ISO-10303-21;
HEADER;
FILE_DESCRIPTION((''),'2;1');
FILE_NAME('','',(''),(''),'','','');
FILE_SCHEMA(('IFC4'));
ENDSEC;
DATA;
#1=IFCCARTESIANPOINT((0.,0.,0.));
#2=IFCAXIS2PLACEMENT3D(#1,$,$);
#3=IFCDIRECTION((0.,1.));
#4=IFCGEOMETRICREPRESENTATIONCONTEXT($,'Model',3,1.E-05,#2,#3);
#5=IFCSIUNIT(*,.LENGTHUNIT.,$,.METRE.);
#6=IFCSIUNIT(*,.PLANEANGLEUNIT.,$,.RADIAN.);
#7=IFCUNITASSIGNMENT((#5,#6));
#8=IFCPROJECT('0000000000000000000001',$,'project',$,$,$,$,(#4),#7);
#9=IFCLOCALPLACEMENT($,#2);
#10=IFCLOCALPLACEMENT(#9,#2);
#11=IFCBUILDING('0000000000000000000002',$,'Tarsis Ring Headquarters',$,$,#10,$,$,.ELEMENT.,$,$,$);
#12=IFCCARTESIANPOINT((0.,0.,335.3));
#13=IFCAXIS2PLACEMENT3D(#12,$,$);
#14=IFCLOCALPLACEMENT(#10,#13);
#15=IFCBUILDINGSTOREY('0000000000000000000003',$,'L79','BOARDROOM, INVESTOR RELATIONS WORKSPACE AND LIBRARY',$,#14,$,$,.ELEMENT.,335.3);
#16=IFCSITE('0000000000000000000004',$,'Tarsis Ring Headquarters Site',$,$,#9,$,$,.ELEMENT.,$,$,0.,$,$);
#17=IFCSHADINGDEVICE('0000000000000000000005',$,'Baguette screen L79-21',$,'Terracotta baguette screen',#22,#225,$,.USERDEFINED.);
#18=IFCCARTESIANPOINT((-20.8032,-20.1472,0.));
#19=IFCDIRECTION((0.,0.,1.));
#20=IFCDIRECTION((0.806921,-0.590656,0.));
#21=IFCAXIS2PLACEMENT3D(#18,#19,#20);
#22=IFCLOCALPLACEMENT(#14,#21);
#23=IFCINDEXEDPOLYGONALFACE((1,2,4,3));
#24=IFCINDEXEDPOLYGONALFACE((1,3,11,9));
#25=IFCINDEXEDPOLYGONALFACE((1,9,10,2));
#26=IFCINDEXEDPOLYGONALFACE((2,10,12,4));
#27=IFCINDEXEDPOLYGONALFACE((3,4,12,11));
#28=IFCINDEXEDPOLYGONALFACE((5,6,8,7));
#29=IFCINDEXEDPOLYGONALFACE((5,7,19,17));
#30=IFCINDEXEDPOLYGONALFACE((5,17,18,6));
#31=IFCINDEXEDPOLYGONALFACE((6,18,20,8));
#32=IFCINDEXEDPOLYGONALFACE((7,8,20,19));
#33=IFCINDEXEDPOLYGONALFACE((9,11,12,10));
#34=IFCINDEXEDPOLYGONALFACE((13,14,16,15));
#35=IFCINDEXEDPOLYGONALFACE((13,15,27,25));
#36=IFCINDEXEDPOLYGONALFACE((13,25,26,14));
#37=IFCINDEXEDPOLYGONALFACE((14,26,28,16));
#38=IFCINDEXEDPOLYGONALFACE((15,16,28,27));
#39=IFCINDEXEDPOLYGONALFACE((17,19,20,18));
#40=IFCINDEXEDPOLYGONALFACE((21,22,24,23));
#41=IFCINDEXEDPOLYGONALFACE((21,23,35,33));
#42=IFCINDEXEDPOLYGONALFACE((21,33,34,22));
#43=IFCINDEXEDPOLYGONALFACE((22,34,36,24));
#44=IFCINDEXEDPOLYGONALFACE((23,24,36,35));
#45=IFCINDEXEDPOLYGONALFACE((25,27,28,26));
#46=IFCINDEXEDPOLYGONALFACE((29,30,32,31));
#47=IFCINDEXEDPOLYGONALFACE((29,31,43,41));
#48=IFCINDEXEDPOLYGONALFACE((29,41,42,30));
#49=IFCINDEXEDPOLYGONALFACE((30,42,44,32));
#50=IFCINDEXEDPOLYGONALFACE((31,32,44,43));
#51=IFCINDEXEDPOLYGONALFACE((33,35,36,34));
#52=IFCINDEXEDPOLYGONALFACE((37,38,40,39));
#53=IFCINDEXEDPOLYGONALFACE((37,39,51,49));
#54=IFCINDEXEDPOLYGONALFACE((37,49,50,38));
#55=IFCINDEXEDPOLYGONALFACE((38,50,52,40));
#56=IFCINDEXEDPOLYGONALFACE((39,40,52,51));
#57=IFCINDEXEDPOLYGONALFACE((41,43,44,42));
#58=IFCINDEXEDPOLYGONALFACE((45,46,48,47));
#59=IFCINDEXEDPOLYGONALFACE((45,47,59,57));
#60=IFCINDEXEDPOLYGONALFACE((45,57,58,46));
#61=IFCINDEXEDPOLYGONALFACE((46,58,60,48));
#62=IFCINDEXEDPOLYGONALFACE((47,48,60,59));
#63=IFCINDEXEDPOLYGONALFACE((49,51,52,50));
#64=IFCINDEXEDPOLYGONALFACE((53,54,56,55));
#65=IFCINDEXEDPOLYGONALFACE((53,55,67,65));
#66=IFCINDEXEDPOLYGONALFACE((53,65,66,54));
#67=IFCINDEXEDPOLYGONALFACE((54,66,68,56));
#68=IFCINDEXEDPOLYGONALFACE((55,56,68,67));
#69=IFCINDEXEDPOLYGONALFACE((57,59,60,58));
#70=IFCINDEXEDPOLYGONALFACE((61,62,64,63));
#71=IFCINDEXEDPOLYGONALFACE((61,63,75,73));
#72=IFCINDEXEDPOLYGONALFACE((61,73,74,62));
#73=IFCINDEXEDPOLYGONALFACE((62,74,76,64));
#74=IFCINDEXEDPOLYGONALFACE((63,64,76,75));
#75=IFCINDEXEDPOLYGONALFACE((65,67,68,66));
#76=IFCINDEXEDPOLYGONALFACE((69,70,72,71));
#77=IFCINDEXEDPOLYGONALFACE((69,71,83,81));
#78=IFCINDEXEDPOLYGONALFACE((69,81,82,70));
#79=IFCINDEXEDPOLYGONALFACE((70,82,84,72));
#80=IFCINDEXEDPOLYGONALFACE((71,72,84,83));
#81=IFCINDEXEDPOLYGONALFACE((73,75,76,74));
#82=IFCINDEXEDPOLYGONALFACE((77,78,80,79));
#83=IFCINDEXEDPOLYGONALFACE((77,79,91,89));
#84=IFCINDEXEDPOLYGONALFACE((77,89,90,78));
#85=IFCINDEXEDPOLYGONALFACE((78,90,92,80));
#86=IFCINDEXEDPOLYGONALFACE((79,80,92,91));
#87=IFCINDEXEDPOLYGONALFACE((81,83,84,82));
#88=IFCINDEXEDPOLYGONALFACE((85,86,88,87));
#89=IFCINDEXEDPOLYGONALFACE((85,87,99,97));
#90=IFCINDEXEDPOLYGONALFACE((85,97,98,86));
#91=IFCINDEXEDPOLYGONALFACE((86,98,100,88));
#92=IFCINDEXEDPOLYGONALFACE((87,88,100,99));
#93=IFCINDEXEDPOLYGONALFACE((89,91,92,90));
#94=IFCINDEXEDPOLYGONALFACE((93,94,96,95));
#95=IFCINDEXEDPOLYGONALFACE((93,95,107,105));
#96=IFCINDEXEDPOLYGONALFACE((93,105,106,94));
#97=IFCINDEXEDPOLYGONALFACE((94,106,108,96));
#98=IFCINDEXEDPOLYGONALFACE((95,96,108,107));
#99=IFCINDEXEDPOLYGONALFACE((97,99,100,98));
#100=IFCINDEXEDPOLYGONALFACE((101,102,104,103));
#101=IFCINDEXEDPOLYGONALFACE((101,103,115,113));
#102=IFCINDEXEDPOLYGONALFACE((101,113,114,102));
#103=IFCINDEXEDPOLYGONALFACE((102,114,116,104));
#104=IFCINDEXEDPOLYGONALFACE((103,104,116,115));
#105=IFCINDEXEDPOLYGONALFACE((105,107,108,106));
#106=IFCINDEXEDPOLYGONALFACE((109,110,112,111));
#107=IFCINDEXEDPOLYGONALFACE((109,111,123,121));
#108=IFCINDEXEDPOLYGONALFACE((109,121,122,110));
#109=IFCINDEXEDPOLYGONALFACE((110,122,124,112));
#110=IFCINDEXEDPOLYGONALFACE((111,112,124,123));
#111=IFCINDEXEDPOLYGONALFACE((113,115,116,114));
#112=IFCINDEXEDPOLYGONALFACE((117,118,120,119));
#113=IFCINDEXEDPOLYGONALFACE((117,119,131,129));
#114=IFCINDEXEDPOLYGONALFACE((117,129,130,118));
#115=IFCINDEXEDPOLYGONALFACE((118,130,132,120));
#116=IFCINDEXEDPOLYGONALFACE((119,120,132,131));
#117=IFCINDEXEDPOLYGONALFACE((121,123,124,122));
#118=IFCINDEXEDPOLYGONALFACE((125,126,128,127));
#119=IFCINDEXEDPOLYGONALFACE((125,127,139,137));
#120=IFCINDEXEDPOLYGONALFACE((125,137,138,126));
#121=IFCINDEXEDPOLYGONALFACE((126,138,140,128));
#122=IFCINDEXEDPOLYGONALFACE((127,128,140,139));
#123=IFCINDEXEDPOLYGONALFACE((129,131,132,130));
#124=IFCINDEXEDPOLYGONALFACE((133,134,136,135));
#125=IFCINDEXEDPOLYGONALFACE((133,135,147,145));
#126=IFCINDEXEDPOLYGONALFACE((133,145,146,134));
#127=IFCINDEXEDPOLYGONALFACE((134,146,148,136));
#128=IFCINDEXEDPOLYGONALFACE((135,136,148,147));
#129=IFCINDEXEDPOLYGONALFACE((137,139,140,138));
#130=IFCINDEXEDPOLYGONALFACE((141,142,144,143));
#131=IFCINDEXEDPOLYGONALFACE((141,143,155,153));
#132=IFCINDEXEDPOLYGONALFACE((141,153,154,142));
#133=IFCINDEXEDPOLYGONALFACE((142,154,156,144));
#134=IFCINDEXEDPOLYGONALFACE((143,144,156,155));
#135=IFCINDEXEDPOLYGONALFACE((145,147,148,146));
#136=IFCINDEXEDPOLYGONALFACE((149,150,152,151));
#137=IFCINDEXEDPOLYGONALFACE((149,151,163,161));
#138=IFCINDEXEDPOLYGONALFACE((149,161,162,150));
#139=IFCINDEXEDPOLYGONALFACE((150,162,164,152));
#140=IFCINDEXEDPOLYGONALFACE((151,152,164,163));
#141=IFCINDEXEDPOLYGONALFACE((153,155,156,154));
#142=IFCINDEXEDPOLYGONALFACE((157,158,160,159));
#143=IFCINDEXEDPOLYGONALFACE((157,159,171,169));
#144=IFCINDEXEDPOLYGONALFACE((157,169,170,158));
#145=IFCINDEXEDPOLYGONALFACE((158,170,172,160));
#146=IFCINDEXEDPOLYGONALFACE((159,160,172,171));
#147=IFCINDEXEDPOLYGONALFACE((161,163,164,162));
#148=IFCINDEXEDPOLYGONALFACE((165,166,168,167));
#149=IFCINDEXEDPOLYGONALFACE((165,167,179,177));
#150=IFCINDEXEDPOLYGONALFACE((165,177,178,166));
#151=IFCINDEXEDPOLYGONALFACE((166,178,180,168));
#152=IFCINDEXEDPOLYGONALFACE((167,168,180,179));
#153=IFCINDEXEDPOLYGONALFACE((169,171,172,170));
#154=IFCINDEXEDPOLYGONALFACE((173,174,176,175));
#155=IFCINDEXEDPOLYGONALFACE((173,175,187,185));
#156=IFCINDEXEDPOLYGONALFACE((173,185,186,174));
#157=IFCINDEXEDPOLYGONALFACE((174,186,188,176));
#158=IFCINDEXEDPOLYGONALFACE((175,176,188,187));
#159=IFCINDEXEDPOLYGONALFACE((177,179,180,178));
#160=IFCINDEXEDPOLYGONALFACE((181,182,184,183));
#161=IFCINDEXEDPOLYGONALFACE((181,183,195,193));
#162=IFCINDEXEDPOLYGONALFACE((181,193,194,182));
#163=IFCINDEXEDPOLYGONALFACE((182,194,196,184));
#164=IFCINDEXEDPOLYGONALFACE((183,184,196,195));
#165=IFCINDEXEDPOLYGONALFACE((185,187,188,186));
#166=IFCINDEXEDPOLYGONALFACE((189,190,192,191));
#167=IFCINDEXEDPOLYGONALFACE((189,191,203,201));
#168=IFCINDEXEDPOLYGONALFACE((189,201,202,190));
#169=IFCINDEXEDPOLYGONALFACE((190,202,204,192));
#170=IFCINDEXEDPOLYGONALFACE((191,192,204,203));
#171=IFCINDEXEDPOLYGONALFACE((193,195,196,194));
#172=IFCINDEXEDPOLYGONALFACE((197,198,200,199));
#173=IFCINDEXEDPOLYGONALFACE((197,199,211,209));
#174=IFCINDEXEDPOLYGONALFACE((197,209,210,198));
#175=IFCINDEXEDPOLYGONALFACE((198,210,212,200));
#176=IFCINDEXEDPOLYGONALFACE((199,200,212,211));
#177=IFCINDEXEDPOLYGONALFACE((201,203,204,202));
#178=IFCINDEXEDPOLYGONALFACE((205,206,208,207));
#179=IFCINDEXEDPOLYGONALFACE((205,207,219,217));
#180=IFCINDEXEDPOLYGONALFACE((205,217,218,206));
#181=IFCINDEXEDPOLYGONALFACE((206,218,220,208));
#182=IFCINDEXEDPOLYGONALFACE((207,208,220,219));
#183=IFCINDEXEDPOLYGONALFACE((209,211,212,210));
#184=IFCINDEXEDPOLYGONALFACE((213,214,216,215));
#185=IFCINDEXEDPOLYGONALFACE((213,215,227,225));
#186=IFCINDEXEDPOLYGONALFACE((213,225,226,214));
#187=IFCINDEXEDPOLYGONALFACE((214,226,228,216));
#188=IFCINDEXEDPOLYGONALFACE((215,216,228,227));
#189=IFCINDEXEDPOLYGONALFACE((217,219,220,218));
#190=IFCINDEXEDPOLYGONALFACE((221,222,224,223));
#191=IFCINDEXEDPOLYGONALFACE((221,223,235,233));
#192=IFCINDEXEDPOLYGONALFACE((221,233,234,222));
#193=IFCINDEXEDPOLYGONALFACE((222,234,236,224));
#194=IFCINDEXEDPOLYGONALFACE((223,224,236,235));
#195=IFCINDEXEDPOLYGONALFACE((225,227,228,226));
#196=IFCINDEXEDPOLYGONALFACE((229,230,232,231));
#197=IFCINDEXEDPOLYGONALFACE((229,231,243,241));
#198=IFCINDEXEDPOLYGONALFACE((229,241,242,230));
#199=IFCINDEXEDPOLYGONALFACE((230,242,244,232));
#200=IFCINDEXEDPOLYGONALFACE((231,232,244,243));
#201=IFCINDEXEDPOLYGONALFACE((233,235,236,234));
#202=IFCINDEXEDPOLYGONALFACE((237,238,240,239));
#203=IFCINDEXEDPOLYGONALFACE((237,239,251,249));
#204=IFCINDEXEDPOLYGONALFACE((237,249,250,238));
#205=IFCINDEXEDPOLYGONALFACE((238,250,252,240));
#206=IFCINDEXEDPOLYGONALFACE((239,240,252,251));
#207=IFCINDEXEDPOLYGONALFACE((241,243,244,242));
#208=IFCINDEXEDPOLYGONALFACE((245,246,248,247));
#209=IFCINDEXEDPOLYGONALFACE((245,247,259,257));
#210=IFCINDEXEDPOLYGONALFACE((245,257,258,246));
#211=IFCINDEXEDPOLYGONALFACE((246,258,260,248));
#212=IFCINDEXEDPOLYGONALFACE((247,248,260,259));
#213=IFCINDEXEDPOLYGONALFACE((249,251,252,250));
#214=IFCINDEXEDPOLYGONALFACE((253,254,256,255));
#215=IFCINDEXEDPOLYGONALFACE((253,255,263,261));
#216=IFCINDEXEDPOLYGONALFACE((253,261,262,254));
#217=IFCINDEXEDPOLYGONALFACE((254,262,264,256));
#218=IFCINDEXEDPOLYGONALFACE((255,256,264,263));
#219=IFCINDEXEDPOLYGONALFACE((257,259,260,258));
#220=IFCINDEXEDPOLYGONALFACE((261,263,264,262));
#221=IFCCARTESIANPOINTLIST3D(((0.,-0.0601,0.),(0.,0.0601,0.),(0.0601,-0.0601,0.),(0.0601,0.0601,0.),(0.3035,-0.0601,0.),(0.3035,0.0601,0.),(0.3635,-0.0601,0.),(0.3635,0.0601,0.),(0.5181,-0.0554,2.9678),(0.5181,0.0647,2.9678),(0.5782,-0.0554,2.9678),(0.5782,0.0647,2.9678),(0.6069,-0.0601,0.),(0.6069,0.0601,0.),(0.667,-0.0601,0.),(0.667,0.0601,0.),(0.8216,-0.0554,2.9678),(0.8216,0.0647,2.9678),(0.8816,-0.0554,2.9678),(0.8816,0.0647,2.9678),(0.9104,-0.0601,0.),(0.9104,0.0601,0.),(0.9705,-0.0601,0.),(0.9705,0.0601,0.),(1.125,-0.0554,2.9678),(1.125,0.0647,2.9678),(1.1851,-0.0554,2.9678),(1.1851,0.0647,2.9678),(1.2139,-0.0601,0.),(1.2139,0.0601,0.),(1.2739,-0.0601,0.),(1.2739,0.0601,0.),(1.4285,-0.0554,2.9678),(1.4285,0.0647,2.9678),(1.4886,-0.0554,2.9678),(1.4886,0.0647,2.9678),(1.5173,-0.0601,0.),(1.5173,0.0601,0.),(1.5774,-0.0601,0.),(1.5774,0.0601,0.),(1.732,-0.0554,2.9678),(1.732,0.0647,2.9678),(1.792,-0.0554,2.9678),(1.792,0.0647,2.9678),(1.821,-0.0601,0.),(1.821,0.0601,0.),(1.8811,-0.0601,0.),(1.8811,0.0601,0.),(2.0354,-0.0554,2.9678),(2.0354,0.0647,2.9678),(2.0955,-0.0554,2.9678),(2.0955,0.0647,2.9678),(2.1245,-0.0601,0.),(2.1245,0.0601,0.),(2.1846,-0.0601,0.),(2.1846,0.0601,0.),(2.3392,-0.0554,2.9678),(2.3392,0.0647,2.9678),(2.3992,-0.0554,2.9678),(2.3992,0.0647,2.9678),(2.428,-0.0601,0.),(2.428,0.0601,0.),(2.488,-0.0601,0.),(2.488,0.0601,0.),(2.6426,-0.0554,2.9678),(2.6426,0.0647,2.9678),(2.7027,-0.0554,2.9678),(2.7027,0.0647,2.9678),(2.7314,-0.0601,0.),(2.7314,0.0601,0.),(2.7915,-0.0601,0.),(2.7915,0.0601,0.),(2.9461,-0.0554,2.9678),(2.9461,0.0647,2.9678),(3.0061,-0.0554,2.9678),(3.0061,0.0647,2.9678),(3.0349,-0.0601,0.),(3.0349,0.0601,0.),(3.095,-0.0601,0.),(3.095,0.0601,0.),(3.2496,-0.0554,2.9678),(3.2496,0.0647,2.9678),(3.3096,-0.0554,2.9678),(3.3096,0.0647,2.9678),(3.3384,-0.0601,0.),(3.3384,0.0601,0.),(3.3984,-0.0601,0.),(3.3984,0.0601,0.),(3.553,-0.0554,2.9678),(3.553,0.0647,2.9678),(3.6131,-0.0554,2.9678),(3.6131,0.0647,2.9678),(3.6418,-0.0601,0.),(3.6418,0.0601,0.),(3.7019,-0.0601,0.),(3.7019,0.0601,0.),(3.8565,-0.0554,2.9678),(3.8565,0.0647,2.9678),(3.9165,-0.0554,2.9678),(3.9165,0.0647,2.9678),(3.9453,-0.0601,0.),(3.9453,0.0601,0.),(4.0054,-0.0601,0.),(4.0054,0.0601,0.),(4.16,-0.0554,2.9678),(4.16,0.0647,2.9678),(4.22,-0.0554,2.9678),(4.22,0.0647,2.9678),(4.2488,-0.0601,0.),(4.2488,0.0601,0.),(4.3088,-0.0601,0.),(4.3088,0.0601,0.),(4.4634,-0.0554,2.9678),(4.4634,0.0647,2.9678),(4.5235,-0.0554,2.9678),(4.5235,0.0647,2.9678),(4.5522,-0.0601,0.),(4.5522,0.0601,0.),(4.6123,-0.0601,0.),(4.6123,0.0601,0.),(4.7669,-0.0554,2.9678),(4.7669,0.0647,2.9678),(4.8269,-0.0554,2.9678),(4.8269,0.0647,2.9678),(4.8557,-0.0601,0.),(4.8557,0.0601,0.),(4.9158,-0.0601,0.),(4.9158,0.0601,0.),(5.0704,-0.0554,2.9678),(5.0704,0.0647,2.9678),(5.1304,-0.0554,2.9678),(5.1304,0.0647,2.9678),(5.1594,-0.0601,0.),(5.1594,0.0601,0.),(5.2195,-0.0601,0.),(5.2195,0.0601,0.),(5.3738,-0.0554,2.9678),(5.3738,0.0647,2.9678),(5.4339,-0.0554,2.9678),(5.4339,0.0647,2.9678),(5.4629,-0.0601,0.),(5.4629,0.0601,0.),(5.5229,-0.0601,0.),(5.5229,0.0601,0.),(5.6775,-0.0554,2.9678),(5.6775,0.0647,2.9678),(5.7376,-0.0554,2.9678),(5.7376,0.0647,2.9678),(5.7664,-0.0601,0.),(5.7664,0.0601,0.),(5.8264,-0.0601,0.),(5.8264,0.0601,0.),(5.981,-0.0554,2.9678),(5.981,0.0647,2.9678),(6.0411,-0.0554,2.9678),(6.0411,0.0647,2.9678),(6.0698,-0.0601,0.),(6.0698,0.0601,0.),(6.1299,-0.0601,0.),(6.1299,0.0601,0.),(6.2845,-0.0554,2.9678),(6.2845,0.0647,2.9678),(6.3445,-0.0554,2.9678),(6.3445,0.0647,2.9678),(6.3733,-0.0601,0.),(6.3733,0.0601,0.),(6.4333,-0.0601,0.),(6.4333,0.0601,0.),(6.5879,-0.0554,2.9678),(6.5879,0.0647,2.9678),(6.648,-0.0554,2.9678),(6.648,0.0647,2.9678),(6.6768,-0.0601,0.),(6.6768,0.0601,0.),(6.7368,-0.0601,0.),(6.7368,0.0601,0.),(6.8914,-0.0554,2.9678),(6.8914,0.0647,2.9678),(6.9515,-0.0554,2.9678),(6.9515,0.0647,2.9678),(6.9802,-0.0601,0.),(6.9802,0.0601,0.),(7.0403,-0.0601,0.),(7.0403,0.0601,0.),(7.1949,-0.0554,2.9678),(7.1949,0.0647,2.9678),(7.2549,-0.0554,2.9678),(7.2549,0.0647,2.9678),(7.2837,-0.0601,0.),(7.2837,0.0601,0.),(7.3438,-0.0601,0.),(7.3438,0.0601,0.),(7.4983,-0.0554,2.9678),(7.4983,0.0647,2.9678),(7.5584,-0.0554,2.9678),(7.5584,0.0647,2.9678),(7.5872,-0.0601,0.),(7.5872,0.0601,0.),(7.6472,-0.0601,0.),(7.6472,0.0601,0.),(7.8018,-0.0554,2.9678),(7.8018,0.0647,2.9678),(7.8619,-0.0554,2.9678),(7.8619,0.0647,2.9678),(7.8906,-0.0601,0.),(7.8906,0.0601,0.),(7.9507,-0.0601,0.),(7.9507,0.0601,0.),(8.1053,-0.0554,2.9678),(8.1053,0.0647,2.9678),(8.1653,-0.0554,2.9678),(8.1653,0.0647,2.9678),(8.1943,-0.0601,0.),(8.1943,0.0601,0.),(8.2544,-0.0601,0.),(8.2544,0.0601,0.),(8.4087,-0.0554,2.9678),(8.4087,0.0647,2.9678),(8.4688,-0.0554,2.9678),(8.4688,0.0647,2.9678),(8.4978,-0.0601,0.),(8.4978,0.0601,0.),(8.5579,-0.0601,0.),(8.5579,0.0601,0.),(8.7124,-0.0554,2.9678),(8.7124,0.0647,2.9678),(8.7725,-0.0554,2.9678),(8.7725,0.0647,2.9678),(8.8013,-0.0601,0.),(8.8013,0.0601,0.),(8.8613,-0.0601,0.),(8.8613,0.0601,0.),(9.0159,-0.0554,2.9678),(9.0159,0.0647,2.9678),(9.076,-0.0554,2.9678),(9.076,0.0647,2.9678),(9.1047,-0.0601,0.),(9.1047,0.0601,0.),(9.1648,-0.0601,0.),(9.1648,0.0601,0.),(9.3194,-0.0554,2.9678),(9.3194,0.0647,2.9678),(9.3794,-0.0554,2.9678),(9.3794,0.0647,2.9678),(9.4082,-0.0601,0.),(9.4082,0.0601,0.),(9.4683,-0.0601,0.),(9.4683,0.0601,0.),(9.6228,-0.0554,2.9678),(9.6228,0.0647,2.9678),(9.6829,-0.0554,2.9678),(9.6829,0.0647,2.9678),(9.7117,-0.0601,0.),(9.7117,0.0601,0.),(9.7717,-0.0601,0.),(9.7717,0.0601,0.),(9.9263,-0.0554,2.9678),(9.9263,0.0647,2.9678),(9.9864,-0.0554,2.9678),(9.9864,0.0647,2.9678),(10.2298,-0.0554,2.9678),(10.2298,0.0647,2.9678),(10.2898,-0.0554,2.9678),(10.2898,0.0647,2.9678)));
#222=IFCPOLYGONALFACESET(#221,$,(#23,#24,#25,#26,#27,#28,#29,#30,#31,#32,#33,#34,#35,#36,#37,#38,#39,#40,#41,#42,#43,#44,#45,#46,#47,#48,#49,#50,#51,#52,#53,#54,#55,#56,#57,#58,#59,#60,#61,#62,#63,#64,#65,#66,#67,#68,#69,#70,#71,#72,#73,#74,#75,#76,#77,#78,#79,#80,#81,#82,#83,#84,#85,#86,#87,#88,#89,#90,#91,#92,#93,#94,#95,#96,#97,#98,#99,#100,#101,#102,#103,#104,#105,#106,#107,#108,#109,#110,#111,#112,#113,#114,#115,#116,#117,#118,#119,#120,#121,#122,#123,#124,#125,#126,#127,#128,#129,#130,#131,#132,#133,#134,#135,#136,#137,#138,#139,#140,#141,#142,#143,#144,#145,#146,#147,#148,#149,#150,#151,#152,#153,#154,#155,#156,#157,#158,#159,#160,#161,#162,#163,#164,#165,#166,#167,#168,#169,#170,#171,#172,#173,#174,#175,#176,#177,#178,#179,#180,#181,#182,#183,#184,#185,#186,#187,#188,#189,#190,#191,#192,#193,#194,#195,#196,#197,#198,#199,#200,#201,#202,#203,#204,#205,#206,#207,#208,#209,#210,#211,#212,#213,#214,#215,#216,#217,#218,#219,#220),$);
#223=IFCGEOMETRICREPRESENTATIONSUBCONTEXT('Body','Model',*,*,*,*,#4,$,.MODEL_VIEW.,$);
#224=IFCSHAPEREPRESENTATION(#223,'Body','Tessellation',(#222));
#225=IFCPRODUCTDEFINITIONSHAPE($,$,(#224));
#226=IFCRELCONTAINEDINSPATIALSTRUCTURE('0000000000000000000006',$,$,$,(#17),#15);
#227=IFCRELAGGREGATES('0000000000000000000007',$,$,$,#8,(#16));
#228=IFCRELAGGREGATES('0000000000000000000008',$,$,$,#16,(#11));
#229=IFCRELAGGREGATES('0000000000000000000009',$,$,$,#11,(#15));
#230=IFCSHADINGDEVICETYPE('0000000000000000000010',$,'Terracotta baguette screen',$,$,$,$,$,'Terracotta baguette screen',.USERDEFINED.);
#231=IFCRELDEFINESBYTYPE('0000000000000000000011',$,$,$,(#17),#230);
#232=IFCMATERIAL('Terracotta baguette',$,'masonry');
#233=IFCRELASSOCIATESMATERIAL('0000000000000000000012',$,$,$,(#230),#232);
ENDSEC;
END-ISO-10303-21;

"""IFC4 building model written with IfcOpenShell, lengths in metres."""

from ifc_helpers import new_model, si_unit, direction, frame, frame_2d, origin, place, context, subcontext, project, spatial, rectangle, composite_profile, extrude, material, type_object, element, save


model = new_model("IFC4")

# Units and contexts
model_context = context("Model", 3, precision=1e-05, world=origin(), true_north=direction((0.0, 1.0)))
body_context = subcontext(model_context, "Body", "Model", "MODEL_VIEW")
ifc_project = project(units=[si_unit("LENGTHUNIT", "METRE"), si_unit("PLANEANGLEUNIT", "RADIAN")], contexts=[model_context])

# Site, building, storey
site_placement = place(None, origin())
site = spatial("IfcSite", under=ifc_project, at=site_placement, Name="Tarsis Ring Headquarters Site", CompositionType="ELEMENT", RefElevation=0.0)
building_placement = place(site_placement, origin())
building = spatial("IfcBuilding", under=site, at=building_placement, Name="Tarsis Ring Headquarters", CompositionType="ELEMENT")
storey_placement = place(building_placement, frame((0.0, 0.0, 335.3)))
storey = spatial("IfcBuildingStorey", under=building, at=storey_placement, Name="L79", Description="BOARDROOM, INVESTOR RELATIONS WORKSPACE AND LIBRARY", CompositionType="ELEMENT", Elevation=335.3)

# Shading device
ifc_material_1 = material(Name="Terracotta baguette", Category="masonry")
shading_device_type_1 = type_object("IfcShadingDeviceType", Name="Terracotta baguette screen", ElementType="Terracotta baguette screen", PredefinedType="USERDEFINED", material=ifc_material_1)
shading_device_1_placement = place(storey_placement, frame((-20.8032, -20.1472, 0.0), z_axis=(0.0, 0.0, 1.0), x_axis=(0.806921, -0.590656, 0.0)))
element("IfcShadingDevice", 1, at=shading_device_1_placement, inside=storey, type_object=shading_device_type_1, Name="Baguette screen L79-21", ObjectType="Terracotta baguette screen", PredefinedType="USERDEFINED", context=body_context, shape_type="SweptSolid", body=[
    extrude(composite_profile([rectangle(XDim=0.0601, YDim=0.1201, at=frame_2d((0.03, 0.0))), rectangle(XDim=0.0601, YDim=0.1201, at=frame_2d((0.3335, 0.0))), rectangle(XDim=0.0601, YDim=0.1201, at=frame_2d((0.637, 0.0))), rectangle(XDim=0.0601, YDim=0.1201, at=frame_2d((0.9404, 0.0))), rectangle(XDim=0.0601, YDim=0.1201, at=frame_2d((1.2439, 0.0))), rectangle(XDim=0.0601, YDim=0.1201, at=frame_2d((1.5474, 0.0))), rectangle(XDim=0.0601, YDim=0.1201, at=frame_2d((1.8511, 0.0))), rectangle(XDim=0.0601, YDim=0.1201, at=frame_2d((2.1545, 0.0))), rectangle(XDim=0.0601, YDim=0.1201, at=frame_2d((2.458, 0.0))), rectangle(XDim=0.0601, YDim=0.1201, at=frame_2d((2.7615, 0.0))), rectangle(XDim=0.0601, YDim=0.1201, at=frame_2d((3.0649, 0.0))), rectangle(XDim=0.0601, YDim=0.1201, at=frame_2d((3.3684, 0.0))), rectangle(XDim=0.0601, YDim=0.1201, at=frame_2d((3.6719, 0.0))), rectangle(XDim=0.0601, YDim=0.1201, at=frame_2d((3.9753, 0.0))), rectangle(XDim=0.0601, YDim=0.1201, at=frame_2d((4.2788, 0.0))), rectangle(XDim=0.0601, YDim=0.1201, at=frame_2d((4.5823, 0.0))), rectangle(XDim=0.0601, YDim=0.1201, at=frame_2d((4.8857, 0.0))), rectangle(XDim=0.0601, YDim=0.1201, at=frame_2d((5.1895, 0.0))), rectangle(XDim=0.0601, YDim=0.1201, at=frame_2d((5.4929, 0.0))), rectangle(XDim=0.0601, YDim=0.1201, at=frame_2d((5.7964, 0.0))), rectangle(XDim=0.0601, YDim=0.1201, at=frame_2d((6.0999, 0.0))), rectangle(XDim=0.0601, YDim=0.1201, at=frame_2d((6.4033, 0.0))), rectangle(XDim=0.0601, YDim=0.1201, at=frame_2d((6.7068, 0.0))), rectangle(XDim=0.0601, YDim=0.1201, at=frame_2d((7.0103, 0.0))), rectangle(XDim=0.0601, YDim=0.1201, at=frame_2d((7.3137, 0.0))), rectangle(XDim=0.0601, YDim=0.1201, at=frame_2d((7.6172, 0.0))), rectangle(XDim=0.0601, YDim=0.1201, at=frame_2d((7.9207, 0.0))), rectangle(XDim=0.0601, YDim=0.1201, at=frame_2d((8.2244, 0.0))), rectangle(XDim=0.0601, YDim=0.1201, at=frame_2d((8.5278, 0.0))), rectangle(XDim=0.0601, YDim=0.1201, at=frame_2d((8.8313, 0.0))), rectangle(XDim=0.0601, YDim=0.1201, at=frame_2d((9.1348, 0.0))), rectangle(XDim=0.0601, YDim=0.1201, at=frame_2d((9.4382, 0.0))), rectangle(XDim=0.0601, YDim=0.1201, at=frame_2d((9.7417, 0.0)))]), origin(), (0.171974, 0.001557, 0.9851), 3.0127),
])

save(model, "model.ifc")
